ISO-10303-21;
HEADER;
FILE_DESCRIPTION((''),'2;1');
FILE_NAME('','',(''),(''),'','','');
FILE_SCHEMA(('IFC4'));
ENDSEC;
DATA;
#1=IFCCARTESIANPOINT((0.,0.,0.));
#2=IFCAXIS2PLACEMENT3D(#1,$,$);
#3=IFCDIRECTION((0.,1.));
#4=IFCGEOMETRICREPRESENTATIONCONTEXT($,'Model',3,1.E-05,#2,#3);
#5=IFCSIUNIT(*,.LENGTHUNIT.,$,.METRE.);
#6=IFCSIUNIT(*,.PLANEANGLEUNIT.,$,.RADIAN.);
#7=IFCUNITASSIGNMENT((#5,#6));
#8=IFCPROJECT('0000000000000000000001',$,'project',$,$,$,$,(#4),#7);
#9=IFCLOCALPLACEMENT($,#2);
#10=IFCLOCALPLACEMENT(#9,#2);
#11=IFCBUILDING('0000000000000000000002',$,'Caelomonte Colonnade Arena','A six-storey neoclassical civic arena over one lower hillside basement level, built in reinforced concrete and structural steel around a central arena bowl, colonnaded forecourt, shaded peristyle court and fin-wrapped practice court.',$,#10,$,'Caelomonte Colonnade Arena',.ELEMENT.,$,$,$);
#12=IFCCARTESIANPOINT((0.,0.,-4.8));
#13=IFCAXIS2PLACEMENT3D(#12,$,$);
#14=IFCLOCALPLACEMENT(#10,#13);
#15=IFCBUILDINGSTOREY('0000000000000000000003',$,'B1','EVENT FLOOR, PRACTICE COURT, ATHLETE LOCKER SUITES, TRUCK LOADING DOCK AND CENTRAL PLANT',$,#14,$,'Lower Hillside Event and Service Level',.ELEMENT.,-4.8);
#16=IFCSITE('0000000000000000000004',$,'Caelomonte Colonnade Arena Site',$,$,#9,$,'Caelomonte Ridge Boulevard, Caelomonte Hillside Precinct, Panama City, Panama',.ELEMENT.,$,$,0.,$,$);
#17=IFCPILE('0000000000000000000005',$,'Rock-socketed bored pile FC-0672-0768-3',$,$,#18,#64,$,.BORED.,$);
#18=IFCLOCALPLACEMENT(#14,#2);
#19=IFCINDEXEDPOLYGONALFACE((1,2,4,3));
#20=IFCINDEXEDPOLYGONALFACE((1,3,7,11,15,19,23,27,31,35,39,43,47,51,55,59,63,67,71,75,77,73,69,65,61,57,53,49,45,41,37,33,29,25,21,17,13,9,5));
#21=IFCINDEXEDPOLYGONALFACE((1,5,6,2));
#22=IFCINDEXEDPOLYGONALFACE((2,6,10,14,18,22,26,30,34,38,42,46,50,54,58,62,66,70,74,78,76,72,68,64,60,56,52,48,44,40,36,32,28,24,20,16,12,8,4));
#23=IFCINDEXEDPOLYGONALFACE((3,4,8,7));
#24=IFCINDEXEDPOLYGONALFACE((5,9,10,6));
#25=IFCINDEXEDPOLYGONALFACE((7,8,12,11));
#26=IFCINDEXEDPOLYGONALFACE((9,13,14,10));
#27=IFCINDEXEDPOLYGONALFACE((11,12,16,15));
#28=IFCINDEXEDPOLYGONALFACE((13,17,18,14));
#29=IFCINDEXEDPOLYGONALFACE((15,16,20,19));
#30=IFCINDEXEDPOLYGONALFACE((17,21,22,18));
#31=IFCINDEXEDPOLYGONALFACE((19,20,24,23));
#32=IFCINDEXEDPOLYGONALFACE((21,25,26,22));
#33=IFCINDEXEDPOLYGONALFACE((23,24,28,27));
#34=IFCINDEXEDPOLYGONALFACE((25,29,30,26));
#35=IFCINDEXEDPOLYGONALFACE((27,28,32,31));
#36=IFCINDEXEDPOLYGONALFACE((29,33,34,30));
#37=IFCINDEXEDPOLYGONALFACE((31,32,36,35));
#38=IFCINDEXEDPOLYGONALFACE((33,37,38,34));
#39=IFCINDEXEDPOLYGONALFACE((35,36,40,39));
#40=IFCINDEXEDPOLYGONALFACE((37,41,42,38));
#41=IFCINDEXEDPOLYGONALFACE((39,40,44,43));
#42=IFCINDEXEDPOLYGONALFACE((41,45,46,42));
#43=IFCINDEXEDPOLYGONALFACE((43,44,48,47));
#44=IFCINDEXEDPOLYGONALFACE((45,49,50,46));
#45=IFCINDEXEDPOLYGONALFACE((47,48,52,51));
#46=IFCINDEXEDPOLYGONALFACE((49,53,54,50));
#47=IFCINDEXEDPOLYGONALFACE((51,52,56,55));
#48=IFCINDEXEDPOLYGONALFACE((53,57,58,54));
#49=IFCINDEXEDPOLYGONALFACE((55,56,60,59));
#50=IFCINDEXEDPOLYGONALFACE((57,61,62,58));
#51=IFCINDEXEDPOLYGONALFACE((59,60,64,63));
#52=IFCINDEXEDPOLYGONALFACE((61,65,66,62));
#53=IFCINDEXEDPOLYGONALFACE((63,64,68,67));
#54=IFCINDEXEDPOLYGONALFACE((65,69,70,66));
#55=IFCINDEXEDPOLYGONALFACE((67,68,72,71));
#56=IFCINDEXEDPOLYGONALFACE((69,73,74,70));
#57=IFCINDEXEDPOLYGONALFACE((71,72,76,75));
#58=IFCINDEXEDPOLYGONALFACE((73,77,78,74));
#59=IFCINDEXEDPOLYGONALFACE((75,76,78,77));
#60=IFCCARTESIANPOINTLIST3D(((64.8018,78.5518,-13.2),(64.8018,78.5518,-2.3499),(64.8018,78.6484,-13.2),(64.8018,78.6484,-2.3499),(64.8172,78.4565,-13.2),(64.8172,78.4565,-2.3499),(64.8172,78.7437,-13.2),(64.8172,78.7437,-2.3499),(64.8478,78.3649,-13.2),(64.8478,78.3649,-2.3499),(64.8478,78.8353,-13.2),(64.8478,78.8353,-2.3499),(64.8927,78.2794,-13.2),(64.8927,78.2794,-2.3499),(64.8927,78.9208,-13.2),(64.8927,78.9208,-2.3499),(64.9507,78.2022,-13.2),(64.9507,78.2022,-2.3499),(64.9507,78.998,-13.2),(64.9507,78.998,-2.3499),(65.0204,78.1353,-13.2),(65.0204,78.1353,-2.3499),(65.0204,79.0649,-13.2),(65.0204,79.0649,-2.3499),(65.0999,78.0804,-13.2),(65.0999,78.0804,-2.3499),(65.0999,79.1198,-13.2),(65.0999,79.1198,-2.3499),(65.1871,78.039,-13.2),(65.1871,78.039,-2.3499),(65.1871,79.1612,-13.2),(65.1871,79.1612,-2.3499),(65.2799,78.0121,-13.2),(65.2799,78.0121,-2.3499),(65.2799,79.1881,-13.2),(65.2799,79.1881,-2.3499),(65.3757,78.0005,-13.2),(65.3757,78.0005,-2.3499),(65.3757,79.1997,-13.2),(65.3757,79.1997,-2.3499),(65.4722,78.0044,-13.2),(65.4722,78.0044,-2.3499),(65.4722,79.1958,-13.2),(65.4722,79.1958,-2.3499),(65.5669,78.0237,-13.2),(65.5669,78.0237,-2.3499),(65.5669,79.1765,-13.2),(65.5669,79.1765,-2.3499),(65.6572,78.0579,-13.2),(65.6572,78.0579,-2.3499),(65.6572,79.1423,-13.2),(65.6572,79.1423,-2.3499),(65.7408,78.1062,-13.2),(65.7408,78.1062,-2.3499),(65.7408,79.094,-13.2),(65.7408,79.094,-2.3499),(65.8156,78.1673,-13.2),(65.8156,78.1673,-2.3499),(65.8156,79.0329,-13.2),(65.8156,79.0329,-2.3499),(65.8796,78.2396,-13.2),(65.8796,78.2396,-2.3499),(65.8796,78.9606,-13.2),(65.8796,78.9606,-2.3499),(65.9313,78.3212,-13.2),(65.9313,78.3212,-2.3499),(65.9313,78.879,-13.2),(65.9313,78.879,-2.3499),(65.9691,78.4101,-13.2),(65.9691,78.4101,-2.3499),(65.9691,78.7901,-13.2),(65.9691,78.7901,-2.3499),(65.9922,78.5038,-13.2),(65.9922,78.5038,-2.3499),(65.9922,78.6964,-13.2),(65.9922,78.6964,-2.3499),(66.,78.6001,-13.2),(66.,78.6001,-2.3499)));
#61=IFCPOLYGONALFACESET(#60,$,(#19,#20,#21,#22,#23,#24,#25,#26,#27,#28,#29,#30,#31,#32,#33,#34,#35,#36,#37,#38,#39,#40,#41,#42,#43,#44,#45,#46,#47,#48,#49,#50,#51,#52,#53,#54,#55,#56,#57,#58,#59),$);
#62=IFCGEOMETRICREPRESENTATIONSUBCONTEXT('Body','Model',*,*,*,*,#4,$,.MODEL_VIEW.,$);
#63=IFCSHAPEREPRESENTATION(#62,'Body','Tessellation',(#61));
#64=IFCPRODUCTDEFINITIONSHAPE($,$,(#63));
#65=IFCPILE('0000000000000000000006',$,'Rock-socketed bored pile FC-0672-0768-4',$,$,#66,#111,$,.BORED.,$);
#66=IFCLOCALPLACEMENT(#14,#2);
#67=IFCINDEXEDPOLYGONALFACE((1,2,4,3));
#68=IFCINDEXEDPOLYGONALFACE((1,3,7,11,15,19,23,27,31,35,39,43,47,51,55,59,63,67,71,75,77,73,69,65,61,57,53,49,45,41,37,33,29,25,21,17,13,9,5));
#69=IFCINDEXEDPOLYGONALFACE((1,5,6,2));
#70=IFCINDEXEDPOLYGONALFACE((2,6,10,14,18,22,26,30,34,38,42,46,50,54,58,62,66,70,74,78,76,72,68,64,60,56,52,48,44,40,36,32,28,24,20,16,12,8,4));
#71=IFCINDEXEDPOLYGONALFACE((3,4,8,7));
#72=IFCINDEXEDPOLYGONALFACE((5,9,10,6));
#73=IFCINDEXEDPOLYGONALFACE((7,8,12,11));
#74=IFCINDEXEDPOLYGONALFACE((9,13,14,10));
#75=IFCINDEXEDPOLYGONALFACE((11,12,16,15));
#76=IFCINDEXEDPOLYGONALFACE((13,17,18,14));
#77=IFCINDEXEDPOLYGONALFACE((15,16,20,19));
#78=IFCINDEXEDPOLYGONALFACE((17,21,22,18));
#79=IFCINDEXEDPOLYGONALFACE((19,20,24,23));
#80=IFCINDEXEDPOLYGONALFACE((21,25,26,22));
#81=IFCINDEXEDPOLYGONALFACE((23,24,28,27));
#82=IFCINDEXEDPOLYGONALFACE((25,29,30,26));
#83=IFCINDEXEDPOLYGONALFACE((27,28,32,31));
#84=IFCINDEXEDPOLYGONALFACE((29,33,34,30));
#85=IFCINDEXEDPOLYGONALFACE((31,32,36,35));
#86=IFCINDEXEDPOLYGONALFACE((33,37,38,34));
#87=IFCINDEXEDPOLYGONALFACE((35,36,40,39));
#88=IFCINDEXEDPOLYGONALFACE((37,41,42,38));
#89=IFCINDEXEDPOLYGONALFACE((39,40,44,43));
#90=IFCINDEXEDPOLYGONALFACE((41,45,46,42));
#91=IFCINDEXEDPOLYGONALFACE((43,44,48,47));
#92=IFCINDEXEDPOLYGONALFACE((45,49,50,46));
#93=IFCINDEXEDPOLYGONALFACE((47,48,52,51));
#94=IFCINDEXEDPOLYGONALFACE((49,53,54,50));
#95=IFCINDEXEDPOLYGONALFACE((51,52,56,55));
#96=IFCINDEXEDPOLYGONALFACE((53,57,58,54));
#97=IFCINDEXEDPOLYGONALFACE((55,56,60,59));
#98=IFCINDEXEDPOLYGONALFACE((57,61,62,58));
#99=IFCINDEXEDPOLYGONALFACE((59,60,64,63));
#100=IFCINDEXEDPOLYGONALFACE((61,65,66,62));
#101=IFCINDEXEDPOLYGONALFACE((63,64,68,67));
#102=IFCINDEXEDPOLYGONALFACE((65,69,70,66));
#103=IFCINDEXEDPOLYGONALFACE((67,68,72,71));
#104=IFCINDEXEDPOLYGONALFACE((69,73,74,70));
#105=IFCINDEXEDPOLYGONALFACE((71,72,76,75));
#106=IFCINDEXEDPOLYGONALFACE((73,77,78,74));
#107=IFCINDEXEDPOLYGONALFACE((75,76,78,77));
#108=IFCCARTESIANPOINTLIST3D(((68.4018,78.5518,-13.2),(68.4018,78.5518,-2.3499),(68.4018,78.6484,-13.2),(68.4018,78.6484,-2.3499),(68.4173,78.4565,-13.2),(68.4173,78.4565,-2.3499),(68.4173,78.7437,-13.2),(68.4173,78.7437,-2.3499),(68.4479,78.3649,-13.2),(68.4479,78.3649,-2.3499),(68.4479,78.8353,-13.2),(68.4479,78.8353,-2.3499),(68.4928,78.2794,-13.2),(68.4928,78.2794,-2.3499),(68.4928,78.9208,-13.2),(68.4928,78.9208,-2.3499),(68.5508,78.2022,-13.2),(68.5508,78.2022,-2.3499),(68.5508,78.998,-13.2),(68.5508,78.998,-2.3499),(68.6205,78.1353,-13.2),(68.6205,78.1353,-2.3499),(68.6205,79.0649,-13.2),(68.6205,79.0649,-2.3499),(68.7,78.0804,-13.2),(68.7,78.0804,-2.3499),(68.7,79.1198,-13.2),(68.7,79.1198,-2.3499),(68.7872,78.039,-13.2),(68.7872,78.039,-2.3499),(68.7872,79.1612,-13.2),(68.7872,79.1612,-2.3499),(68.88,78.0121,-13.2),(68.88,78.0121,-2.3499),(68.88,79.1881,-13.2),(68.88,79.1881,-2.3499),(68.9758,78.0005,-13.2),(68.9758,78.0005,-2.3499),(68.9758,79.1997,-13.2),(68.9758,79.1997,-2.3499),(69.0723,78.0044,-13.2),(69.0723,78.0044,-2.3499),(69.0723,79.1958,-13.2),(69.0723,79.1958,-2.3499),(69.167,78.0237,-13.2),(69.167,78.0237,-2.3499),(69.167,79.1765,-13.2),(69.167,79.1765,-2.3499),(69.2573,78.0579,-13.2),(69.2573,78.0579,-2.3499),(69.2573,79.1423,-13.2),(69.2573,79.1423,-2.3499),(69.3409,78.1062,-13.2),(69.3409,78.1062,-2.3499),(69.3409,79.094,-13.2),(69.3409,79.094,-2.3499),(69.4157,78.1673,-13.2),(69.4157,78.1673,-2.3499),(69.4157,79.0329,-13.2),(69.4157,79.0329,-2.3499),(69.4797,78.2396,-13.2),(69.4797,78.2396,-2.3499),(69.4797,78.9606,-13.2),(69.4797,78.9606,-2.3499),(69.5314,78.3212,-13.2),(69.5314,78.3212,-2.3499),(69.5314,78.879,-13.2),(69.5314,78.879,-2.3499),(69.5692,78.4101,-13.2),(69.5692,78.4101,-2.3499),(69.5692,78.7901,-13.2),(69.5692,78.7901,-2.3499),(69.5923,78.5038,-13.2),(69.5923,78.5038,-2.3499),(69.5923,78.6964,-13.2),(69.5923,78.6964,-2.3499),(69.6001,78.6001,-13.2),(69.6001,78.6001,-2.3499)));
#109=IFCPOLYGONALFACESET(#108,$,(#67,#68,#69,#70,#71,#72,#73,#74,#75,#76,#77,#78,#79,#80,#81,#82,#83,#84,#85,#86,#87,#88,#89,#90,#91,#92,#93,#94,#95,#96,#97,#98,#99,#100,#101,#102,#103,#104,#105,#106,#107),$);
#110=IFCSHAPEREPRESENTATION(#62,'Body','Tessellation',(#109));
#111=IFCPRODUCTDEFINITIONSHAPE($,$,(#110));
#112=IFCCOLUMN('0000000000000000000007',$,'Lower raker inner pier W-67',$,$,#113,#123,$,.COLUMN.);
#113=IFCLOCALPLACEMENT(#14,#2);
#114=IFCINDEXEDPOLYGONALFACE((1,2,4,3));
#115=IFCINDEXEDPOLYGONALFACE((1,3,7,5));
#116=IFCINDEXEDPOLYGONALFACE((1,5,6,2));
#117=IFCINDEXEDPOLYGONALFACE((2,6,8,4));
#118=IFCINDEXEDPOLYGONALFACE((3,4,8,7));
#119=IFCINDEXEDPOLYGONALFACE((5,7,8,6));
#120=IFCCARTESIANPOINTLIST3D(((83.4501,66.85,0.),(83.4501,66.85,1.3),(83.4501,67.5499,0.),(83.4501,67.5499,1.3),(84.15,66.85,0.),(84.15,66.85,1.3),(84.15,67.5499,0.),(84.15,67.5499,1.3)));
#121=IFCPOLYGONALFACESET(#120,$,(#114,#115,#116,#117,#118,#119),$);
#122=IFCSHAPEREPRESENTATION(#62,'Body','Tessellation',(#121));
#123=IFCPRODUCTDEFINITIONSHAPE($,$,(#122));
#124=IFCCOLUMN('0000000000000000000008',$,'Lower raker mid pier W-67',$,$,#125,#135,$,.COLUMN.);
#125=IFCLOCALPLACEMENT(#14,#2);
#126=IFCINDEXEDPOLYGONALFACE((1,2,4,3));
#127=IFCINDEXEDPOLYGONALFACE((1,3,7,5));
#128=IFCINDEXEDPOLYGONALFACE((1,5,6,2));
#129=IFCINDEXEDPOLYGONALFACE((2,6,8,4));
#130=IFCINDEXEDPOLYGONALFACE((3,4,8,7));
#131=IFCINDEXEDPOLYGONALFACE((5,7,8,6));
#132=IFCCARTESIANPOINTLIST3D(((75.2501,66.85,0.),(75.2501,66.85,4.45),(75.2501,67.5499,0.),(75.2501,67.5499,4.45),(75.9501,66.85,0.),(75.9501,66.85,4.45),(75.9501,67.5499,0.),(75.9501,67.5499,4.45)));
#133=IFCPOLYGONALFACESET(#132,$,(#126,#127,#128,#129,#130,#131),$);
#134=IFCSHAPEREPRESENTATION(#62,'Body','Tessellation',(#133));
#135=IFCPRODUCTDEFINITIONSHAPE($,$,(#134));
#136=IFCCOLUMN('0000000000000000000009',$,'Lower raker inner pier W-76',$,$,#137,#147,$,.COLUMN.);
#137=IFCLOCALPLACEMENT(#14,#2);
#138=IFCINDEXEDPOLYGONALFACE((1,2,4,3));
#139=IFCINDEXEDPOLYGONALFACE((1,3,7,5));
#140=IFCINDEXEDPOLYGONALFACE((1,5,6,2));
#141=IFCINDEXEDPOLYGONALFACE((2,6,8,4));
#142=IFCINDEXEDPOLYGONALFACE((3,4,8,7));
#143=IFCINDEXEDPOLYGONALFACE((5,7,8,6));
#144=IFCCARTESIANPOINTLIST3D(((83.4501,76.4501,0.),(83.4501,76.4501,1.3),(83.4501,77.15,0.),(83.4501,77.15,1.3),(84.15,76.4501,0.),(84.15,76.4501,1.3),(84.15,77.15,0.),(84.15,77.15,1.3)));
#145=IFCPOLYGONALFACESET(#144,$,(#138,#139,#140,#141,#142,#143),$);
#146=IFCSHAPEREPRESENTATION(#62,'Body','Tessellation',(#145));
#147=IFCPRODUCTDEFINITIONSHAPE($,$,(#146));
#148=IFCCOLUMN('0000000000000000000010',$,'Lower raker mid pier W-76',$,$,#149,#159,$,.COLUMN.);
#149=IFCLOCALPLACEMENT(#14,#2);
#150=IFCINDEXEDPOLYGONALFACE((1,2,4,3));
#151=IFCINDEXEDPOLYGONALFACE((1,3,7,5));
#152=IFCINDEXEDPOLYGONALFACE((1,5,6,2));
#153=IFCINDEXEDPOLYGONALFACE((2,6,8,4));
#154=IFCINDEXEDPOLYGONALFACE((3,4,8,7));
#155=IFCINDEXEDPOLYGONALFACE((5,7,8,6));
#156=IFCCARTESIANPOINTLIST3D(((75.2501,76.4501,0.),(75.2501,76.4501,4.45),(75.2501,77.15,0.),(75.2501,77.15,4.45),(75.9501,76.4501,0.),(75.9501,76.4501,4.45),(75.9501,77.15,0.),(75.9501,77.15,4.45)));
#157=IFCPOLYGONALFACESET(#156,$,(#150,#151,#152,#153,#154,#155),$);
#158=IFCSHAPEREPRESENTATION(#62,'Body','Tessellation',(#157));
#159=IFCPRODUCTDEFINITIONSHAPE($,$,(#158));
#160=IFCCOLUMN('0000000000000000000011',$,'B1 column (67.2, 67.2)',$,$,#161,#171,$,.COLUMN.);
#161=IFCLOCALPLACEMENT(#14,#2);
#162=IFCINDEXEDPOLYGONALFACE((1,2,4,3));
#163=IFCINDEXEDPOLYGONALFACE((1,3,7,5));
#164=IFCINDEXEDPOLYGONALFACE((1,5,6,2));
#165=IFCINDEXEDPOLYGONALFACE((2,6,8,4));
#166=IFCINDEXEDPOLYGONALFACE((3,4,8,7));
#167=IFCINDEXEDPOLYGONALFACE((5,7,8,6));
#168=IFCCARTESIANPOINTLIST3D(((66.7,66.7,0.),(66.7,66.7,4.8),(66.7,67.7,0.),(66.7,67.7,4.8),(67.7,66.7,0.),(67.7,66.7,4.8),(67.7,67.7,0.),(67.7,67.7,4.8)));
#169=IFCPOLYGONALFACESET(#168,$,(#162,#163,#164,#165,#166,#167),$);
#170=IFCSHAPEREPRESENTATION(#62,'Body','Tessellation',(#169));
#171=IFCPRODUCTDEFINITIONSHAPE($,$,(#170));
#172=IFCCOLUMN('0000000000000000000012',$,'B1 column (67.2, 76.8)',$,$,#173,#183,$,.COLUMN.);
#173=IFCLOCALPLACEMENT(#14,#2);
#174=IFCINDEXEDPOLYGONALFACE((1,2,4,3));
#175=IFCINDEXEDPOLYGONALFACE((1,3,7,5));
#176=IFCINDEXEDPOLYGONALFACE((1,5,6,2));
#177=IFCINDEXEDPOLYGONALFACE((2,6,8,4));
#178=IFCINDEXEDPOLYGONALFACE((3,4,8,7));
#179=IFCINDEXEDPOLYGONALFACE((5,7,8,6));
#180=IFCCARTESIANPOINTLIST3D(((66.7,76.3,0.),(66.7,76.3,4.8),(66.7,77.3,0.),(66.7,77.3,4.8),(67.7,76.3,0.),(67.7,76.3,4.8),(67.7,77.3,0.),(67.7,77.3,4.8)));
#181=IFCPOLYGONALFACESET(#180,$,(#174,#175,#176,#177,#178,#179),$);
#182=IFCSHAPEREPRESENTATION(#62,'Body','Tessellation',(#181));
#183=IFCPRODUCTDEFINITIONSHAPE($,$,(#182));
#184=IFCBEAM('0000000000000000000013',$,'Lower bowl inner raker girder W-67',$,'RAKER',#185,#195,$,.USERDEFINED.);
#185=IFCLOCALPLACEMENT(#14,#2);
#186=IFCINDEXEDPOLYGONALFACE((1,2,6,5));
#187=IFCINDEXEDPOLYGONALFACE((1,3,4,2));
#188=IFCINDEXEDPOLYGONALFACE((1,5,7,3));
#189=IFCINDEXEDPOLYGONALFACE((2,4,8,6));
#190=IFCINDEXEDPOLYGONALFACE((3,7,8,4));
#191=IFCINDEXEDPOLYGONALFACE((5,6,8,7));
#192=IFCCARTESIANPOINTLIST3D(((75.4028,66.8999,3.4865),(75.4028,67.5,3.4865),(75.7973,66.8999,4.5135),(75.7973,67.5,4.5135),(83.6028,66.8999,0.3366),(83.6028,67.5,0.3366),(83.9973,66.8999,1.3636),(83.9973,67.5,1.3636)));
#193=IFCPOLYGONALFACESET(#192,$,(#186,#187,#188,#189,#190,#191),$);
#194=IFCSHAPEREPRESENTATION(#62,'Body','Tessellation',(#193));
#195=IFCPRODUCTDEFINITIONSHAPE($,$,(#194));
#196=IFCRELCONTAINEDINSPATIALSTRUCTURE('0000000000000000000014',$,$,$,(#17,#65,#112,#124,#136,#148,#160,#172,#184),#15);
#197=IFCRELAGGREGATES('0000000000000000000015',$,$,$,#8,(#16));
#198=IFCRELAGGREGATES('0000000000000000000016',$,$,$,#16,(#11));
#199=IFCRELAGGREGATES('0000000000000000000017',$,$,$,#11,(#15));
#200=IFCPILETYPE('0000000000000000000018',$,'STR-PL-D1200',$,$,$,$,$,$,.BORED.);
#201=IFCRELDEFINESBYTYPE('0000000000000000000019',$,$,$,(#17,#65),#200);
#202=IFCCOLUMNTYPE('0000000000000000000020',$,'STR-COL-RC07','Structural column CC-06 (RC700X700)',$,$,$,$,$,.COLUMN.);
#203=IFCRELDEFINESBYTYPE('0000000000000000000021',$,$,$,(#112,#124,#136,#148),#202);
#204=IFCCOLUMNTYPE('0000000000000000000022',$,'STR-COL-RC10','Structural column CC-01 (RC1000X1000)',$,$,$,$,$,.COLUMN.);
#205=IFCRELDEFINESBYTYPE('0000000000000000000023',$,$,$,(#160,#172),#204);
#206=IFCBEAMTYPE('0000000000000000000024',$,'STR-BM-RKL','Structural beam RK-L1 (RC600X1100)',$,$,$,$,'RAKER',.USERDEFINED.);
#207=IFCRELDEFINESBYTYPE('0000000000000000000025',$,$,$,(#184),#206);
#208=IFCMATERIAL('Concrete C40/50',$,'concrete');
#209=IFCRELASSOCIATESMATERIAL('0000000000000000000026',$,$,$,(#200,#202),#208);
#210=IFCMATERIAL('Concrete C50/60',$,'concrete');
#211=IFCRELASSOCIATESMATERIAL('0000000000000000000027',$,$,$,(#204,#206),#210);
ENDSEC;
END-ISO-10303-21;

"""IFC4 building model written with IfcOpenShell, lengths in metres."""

from ifc_helpers import new_model, si_unit, direction, frame, origin, origin_2d, place, context, subcontext, project, spatial, rectangle, circle, extrude, material, material_profile, profile_set, type_object, element, save


model = new_model("IFC4")

# Units and contexts
model_context = context("Model", 3, precision=1e-05, world=origin(), true_north=direction((0.0, 1.0)))
body_context = subcontext(model_context, "Body", "Model", "MODEL_VIEW")
ifc_project = project(units=[si_unit("LENGTHUNIT", "METRE"), si_unit("PLANEANGLEUNIT", "RADIAN")], contexts=[model_context])

# Site, building, storey
site_placement = place(None, origin())
site = spatial("IfcSite", under=ifc_project, at=site_placement, Name="Caelomonte Colonnade Arena Site", LongName="Caelomonte Ridge Boulevard, Caelomonte Hillside Precinct, Panama City, Panama", CompositionType="ELEMENT", RefElevation=0.0)
building_placement = place(site_placement, origin())
building = spatial("IfcBuilding", under=site, at=building_placement, Name="Caelomonte Colonnade Arena", Description="A six-storey neoclassical civic arena over one lower hillside basement level, built in reinforced concrete and structural steel around a central arena bowl, colonnaded forecourt, shaded peristyle court and fin-wrapped practice court.", LongName="Caelomonte Colonnade Arena", CompositionType="ELEMENT")
storey_placement = place(building_placement, frame((0.0, 0.0, -4.8)))
storey = spatial("IfcBuildingStorey", under=building, at=storey_placement, Name="B1", Description="EVENT FLOOR, PRACTICE COURT, ATHLETE LOCKER SUITES, TRUCK LOADING DOCK AND CENTRAL PLANT", LongName="Lower Hillside Event and Service Level", CompositionType="ELEMENT", Elevation=-4.8)

# Shared definitions
ifc_material_1 = material(Name="Concrete C40/50", Category="concrete")

# Piles
ifc_material_profile_1 = material_profile(ifc_material_1, circle(Radius=0.6001, at=origin_2d()), Name="PILE-D1200")
ifc_profile_set_1 = profile_set([ifc_material_profile_1], Name="Concrete C40/50")
pile_type_1 = type_object("IfcPileType", Name="STR-PL-D1200", PredefinedType="BORED", material=ifc_profile_set_1)
for number, where, z_axis, x_axis, name in (
    (1, (65.3999, 78.6001, -2.3499), (0.0, 0.0, -1.0), (1.0, 0.0, 0.0), "Rock-socketed bored pile FC-0672-0768-3"),
    (2, (69.0, 78.6001, -2.3499), (0.0, 0.0, -1.0), (1.0, 0.0, 0.0), "Rock-socketed bored pile FC-0672-0768-4"),
):
    element("IfcPile", number, at=place(storey_placement, frame(where, z_axis=z_axis, x_axis=x_axis)), inside=storey, type_object=pile_type_1, Name=name, PredefinedType="BORED", context=body_context, shape_type="SweptSolid", body=[
        extrude(circle(Radius=0.6001, at=origin_2d()), origin(), (0.0, 0.0, 1.0), 10.8501),
    ])

# Columns
ifc_material_profile_2 = material_profile(ifc_material_1, rectangle(XDim=0.7, YDim=0.7, at=origin_2d()), Name="RC700X700")
ifc_profile_set_2 = profile_set([ifc_material_profile_2], Name="Concrete C40/50")
column_type_1 = type_object("IfcColumnType", Name="STR-COL-RC07", Description="Structural column CC-06 (RC700X700)", PredefinedType="COLUMN", material=ifc_profile_set_2)
column_1_placement = place(storey_placement, frame((83.8, 67.2, 0.0), z_axis=(0.0, 0.0, 1.0), x_axis=(1.0, 0.0, 0.0)))
element("IfcColumn", 3, at=column_1_placement, inside=storey, type_object=column_type_1, Name="Lower raker inner pier W-67", PredefinedType="COLUMN", context=body_context, shape_type="SweptSolid", body=[
    extrude(rectangle(XDim=0.7, YDim=0.7, at=origin_2d()), origin(), (0.0, 0.0, 1.0), 1.3),
])
column_2_placement = place(storey_placement, frame((75.6001, 67.2, 0.0), z_axis=(0.0, 0.0, 1.0), x_axis=(1.0, 0.0, 0.0)))
element("IfcColumn", 4, at=column_2_placement, inside=storey, type_object=column_type_1, Name="Lower raker mid pier W-67", PredefinedType="COLUMN", context=body_context, shape_type="SweptSolid", body=[
    extrude(rectangle(XDim=0.7, YDim=0.7, at=origin_2d()), origin(), (0.0, 0.0, 1.0), 4.45),
])
column_3_placement = place(storey_placement, frame((83.8, 76.8, 0.0), z_axis=(0.0, 0.0, 1.0), x_axis=(1.0, 0.0, 0.0)))
element("IfcColumn", 5, at=column_3_placement, inside=storey, type_object=column_type_1, Name="Lower raker inner pier W-76", PredefinedType="COLUMN", context=body_context, shape_type="SweptSolid", body=[
    extrude(rectangle(XDim=0.7, YDim=0.7, at=origin_2d()), origin(), (0.0, 0.0, 1.0), 1.3),
])
column_4_placement = place(storey_placement, frame((75.6001, 76.8, 0.0), z_axis=(0.0, 0.0, 1.0), x_axis=(1.0, 0.0, 0.0)))
element("IfcColumn", 6, at=column_4_placement, inside=storey, type_object=column_type_1, Name="Lower raker mid pier W-76", PredefinedType="COLUMN", context=body_context, shape_type="SweptSolid", body=[
    extrude(rectangle(XDim=0.7, YDim=0.7, at=origin_2d()), origin(), (0.0, 0.0, 1.0), 4.45),
])
ifc_material_2 = material(Name="Concrete C50/60", Category="concrete")
ifc_material_profile_3 = material_profile(ifc_material_2, rectangle(XDim=1.0, YDim=1.0, at=origin_2d()), Name="RC1000X1000")
ifc_profile_set_3 = profile_set([ifc_material_profile_3], Name="Concrete C50/60")
column_type_2 = type_object("IfcColumnType", Name="STR-COL-RC10", Description="Structural column CC-01 (RC1000X1000)", PredefinedType="COLUMN", material=ifc_profile_set_3)
for number, where, z_axis, x_axis, name in (
    (7, (67.2, 67.2, 0.0), (0.0, 0.0, 1.0), (1.0, 0.0, 0.0), "B1 column (67.2, 67.2)"),
    (8, (67.2, 76.8, 0.0), (0.0, 0.0, 1.0), (1.0, 0.0, 0.0), "B1 column (67.2, 76.8)"),
):
    element("IfcColumn", number, at=place(storey_placement, frame(where, z_axis=z_axis, x_axis=x_axis)), inside=storey, type_object=column_type_2, Name=name, PredefinedType="COLUMN", context=body_context, shape_type="SweptSolid", body=[
        extrude(rectangle(XDim=1.0, YDim=1.0, at=origin_2d()), origin(), (0.0, 0.0, 1.0), 4.8),
    ])

# Beam
ifc_material_profile_4 = material_profile(ifc_material_2, rectangle(XDim=0.6001, YDim=1.1001, at=origin_2d()), Name="RC600X1100")
ifc_profile_set_4 = profile_set([ifc_material_profile_4], Name="Concrete C50/60")
beam_type = type_object("IfcBeamType", Name="STR-BM-RKL", Description="Structural beam RK-L1 (RC600X1100)", ElementType="RAKER", PredefinedType="USERDEFINED", material=ifc_profile_set_4)
for number, where, z_axis, x_axis, name in (
    (9, (83.8, 67.2, 0.8501), (-0.933495, 0.0, 0.35859), (0.0, -1.0, 0.0), "Lower bowl inner raker girder W-67"),
):
    element("IfcBeam", number, at=place(storey_placement, frame(where, z_axis=z_axis, x_axis=x_axis)), inside=storey, type_object=beam_type, Name=name, ObjectType="RAKER", PredefinedType="USERDEFINED", context=body_context, shape_type="SweptSolid", body=[
        extrude(rectangle(XDim=0.6001, YDim=1.1001, at=origin_2d()), origin(), (0.0, 0.0, 1.0), 8.7842),
    ])

save(model, "model.ifc")
